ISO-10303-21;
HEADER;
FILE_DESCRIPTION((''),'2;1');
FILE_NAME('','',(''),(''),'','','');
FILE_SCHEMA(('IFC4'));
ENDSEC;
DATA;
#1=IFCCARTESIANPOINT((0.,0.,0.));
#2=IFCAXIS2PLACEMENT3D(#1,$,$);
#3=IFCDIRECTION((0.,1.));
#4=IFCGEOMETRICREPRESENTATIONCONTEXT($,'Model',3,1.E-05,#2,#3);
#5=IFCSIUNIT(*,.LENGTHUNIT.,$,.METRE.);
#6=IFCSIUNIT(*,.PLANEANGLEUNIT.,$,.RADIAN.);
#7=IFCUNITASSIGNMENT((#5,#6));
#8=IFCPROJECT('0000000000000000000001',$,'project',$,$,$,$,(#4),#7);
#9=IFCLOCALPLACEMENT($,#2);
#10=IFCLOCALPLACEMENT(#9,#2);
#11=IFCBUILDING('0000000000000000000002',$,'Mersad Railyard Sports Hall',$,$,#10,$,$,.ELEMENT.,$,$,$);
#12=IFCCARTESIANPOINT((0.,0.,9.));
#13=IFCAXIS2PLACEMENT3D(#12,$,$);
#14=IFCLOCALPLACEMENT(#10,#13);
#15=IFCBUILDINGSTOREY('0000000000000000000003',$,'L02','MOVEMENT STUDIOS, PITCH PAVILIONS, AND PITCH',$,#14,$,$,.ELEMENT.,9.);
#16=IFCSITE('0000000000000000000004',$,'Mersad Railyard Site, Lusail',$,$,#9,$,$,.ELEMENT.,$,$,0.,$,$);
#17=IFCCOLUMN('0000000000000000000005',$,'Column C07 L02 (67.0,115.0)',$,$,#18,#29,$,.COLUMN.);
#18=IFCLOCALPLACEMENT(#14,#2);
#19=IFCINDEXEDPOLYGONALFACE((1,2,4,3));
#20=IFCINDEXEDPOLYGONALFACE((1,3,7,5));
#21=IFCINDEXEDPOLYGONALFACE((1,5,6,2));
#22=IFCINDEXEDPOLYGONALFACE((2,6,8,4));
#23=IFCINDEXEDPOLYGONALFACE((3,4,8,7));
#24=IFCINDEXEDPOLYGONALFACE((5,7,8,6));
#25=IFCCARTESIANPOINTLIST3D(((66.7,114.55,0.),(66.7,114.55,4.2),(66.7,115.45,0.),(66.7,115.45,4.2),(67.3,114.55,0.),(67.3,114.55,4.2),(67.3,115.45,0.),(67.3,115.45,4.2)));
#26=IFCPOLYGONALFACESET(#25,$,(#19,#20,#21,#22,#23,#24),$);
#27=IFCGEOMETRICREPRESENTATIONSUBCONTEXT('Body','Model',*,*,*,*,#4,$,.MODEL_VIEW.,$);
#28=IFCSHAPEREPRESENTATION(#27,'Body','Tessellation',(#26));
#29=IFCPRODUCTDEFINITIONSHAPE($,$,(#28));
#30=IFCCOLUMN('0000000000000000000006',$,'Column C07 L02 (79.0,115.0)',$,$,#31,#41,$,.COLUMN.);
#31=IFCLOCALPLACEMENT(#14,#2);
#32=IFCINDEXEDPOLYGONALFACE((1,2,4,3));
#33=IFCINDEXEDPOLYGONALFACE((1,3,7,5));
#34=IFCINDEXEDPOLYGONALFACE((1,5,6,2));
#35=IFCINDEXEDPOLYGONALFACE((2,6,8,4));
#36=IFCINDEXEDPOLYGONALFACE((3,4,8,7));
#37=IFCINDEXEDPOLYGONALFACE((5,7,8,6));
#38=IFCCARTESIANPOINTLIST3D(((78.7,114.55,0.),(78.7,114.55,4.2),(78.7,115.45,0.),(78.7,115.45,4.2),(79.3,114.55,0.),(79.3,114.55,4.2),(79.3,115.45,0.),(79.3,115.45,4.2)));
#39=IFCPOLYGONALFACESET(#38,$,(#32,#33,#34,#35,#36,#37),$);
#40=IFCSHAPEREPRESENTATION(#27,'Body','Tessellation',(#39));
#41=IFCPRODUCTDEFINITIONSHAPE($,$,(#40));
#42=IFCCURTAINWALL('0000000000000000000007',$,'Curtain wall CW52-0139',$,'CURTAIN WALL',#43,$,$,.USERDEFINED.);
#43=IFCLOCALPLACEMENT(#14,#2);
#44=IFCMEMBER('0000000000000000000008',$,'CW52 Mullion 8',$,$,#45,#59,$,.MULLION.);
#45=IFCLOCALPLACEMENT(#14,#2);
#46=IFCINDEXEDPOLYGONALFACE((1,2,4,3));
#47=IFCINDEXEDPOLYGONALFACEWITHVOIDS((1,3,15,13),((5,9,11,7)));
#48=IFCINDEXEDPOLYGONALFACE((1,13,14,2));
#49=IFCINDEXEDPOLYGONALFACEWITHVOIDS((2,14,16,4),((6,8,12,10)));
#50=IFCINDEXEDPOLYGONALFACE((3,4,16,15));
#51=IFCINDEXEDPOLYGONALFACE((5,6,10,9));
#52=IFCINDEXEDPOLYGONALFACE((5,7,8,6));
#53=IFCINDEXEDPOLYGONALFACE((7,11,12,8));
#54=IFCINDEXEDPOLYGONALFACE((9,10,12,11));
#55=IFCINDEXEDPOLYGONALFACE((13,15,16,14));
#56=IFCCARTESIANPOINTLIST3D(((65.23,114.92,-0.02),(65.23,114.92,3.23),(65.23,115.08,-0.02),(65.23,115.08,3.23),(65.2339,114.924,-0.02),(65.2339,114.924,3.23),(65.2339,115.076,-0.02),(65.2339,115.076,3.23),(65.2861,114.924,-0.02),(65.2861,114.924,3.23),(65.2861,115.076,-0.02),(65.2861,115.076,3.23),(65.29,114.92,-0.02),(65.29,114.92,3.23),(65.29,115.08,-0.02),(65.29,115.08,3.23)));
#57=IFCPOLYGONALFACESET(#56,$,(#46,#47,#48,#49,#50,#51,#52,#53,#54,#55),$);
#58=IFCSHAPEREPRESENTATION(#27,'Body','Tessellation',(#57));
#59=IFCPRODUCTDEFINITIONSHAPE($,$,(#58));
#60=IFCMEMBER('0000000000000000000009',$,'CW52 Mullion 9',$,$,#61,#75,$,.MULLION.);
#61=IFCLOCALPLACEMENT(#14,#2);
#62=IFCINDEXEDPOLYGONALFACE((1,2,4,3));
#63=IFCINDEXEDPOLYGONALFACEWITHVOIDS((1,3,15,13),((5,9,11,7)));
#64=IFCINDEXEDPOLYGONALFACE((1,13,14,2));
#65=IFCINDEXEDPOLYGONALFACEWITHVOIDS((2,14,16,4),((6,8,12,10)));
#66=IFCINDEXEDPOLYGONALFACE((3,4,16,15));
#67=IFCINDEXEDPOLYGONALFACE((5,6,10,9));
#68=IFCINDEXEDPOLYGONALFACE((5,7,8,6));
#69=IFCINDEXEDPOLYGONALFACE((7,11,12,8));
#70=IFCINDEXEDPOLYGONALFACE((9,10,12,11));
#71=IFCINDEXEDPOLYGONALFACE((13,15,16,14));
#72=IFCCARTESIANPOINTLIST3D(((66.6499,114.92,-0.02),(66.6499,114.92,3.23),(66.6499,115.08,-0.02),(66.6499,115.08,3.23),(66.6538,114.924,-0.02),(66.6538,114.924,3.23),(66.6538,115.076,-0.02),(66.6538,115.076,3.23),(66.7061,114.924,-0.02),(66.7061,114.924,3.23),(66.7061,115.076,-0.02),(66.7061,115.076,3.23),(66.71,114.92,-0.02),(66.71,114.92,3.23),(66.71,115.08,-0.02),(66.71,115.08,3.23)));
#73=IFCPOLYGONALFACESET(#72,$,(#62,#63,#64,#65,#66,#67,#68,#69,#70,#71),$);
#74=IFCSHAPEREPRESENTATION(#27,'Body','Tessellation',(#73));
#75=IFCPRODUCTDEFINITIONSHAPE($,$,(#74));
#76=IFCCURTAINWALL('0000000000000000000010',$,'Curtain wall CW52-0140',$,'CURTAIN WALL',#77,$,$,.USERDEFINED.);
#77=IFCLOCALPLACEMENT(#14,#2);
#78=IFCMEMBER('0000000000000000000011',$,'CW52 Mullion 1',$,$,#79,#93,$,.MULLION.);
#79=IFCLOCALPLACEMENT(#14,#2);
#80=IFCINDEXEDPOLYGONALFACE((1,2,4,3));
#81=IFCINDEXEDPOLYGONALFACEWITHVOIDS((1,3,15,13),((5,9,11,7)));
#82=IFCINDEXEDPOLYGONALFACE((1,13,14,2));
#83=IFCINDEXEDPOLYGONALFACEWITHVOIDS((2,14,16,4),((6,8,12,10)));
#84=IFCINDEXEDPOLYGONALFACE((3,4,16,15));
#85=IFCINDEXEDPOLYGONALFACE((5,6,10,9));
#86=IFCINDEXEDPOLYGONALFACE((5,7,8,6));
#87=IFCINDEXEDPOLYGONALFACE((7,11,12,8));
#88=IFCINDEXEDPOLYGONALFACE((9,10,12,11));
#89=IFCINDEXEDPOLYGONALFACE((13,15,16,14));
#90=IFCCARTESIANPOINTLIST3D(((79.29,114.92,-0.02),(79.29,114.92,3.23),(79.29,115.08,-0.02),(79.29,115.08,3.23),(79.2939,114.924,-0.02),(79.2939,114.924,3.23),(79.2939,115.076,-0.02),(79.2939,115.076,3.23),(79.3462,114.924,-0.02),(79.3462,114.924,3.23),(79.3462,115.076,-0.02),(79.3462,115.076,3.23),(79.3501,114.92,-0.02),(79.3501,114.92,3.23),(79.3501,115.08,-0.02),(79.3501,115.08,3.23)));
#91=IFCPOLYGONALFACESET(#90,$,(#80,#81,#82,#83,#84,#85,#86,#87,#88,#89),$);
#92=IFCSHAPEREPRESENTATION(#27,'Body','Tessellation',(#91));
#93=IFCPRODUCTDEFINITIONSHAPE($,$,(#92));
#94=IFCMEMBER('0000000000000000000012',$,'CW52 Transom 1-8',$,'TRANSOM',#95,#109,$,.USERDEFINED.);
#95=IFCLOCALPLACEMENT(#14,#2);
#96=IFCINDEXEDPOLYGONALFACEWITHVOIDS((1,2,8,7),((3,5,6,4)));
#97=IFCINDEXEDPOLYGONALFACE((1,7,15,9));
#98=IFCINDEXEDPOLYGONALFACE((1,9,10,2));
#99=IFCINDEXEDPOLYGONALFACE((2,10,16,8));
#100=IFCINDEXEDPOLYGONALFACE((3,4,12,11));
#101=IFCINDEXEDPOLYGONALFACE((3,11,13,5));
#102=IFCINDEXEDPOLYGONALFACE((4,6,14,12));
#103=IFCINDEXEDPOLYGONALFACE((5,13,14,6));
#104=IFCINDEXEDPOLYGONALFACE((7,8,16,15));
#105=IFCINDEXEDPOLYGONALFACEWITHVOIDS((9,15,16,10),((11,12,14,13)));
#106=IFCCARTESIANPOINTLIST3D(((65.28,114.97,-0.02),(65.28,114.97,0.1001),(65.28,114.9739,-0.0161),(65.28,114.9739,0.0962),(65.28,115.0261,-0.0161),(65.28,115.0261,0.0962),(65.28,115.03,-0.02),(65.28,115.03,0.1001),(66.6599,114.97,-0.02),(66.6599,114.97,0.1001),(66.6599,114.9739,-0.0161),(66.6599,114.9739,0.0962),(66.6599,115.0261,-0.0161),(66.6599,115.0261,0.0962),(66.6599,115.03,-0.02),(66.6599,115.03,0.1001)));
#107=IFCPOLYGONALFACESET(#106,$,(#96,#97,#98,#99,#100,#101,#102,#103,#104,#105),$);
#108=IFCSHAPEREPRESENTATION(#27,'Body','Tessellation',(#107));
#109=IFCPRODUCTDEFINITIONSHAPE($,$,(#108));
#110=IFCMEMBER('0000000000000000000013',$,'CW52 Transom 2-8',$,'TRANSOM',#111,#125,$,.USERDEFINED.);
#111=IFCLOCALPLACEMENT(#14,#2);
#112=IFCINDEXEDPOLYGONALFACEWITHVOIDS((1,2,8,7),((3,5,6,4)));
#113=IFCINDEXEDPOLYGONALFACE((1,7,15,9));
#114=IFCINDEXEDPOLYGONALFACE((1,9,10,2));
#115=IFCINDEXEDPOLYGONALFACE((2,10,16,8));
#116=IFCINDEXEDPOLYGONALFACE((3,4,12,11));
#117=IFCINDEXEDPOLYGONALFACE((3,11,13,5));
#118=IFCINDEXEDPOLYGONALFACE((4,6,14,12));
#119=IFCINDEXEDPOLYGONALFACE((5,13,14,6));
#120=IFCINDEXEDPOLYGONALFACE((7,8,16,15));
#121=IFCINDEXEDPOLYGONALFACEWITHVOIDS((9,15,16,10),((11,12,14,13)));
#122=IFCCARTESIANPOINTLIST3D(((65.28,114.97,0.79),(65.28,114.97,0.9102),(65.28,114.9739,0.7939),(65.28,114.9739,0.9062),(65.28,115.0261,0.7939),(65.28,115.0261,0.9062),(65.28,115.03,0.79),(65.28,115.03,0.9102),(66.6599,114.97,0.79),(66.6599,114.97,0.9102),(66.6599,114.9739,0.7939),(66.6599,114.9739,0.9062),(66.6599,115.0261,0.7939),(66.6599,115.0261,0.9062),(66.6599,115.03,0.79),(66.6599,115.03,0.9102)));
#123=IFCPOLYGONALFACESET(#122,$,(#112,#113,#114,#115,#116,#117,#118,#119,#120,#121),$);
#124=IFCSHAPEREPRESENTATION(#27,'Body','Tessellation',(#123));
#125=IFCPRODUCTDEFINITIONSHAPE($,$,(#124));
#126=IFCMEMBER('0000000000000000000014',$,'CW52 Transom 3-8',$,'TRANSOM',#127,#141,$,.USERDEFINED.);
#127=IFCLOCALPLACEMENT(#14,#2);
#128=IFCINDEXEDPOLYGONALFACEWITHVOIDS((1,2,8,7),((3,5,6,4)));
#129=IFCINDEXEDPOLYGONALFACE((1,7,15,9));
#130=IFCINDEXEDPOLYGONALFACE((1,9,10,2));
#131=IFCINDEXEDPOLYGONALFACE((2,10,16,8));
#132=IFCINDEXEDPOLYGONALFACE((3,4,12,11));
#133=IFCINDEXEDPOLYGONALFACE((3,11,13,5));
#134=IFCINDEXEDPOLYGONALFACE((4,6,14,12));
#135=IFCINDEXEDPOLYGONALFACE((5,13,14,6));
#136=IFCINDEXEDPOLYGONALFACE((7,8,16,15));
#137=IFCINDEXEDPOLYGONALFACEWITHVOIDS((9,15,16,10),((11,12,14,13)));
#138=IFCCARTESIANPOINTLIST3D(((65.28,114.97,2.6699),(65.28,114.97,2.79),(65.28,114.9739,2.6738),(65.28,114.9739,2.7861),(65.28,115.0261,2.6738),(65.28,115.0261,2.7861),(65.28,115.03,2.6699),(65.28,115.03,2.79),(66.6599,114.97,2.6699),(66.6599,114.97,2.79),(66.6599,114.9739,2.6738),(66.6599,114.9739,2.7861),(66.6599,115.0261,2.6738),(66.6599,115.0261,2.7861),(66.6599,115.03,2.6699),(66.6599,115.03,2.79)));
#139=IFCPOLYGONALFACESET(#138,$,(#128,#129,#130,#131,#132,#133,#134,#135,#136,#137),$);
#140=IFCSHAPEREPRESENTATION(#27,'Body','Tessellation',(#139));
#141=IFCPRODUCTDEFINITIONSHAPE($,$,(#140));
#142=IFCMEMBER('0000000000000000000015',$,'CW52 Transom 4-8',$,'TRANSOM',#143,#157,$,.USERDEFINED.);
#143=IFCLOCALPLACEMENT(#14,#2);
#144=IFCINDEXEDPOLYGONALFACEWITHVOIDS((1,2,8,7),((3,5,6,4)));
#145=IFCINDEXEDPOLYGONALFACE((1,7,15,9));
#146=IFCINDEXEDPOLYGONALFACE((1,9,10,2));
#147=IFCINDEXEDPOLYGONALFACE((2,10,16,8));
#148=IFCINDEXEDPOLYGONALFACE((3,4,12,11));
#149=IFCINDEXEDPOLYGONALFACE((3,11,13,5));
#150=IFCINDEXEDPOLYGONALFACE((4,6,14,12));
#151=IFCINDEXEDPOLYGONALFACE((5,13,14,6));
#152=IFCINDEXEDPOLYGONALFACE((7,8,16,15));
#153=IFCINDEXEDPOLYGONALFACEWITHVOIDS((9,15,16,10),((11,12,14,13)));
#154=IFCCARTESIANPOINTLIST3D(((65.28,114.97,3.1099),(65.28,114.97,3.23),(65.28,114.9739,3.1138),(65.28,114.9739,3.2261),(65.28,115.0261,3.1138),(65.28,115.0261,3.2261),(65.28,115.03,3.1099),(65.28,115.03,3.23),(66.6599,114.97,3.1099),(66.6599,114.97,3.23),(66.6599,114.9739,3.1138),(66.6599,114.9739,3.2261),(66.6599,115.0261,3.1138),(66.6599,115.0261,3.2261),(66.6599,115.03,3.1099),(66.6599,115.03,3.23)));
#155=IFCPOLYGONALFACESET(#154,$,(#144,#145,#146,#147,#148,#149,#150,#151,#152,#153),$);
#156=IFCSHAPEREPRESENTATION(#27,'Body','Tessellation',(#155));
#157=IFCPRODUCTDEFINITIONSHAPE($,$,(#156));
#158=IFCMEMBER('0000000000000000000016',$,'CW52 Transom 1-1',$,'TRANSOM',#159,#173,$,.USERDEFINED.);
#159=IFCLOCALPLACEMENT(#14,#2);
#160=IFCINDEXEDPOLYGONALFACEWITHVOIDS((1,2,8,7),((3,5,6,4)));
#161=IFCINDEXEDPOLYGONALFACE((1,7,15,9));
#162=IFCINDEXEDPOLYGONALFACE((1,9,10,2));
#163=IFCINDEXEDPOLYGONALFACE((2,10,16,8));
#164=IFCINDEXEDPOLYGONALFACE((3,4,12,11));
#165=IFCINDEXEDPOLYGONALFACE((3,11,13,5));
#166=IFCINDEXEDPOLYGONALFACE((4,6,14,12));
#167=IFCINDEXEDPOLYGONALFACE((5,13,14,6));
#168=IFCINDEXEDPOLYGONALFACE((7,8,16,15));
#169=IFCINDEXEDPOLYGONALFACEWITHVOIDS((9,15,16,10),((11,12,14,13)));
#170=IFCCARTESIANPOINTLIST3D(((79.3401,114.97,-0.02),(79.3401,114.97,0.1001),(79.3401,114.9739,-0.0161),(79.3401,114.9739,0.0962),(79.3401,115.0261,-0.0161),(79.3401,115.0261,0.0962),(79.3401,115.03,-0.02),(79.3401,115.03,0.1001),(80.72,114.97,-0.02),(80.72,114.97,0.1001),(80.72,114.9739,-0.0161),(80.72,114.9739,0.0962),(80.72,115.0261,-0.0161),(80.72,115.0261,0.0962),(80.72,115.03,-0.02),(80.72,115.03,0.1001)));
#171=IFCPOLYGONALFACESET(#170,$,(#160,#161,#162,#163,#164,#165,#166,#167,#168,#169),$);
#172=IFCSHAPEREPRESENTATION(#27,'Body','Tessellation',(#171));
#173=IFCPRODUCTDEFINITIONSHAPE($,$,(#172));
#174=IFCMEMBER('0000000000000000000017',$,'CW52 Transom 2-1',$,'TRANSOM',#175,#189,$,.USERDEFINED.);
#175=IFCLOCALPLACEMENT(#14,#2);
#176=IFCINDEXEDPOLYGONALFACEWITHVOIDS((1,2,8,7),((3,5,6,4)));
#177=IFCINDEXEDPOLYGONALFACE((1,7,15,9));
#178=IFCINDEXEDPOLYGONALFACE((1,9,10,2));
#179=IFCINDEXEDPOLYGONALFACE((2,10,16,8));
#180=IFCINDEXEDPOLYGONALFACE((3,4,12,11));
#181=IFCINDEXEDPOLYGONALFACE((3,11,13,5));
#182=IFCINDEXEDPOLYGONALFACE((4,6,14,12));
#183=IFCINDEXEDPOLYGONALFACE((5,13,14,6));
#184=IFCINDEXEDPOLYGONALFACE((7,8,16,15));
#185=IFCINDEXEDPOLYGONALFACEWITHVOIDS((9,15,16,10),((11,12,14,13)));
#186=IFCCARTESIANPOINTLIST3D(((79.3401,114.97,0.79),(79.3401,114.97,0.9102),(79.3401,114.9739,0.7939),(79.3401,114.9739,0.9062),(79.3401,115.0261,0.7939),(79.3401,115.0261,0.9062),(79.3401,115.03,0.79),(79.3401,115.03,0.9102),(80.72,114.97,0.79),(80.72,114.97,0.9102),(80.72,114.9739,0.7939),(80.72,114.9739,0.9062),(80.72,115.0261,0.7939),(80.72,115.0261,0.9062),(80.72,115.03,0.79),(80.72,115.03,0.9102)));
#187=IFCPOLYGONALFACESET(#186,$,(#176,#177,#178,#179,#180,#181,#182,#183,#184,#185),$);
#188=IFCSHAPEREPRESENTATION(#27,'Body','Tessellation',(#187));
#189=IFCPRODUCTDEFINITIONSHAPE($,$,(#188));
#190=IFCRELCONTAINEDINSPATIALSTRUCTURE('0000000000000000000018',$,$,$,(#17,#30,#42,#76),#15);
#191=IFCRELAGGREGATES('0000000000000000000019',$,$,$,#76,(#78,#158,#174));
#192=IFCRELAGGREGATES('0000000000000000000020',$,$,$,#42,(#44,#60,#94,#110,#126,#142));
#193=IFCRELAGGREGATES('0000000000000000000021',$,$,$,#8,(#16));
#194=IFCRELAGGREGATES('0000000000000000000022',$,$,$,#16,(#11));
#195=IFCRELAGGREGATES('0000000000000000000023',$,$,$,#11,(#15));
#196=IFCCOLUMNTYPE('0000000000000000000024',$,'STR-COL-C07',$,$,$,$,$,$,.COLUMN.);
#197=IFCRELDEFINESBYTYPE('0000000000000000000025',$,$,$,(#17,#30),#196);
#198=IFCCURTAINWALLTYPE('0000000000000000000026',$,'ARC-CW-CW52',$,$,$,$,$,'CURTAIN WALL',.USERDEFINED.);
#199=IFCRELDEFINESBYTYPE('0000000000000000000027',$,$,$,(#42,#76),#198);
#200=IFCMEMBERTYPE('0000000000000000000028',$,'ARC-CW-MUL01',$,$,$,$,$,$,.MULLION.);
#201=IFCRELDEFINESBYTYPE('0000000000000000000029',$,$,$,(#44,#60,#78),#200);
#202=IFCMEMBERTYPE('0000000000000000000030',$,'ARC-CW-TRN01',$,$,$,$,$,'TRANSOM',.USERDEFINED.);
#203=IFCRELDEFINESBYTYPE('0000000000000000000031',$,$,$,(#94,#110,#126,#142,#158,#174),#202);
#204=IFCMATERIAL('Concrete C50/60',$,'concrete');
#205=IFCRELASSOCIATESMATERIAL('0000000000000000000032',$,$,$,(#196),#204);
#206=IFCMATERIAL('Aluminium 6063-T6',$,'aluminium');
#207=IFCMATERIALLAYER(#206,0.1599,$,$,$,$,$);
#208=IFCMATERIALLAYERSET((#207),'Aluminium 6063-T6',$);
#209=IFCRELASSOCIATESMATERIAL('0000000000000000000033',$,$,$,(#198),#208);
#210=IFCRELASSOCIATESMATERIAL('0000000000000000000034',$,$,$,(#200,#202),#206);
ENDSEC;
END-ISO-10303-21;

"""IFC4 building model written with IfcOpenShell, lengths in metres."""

from ifc_helpers import new_model, si_unit, direction, frame, origin, origin_2d, place, context, subcontext, project, spatial, rectangle, hollow_rectangle, extrude, material, layer, layer_set, material_profile, profile_set, type_object, element, aggregate, save


model = new_model("IFC4")

# Units and contexts
model_context = context("Model", 3, precision=1e-05, world=origin(), true_north=direction((0.0, 1.0)))
body_context = subcontext(model_context, "Body", "Model", "MODEL_VIEW")
ifc_project = project(units=[si_unit("LENGTHUNIT", "METRE"), si_unit("PLANEANGLEUNIT", "RADIAN")], contexts=[model_context])

# Site, building, storey
site_placement = place(None, origin())
site = spatial("IfcSite", under=ifc_project, at=site_placement, Name="Mersad Railyard Site, Lusail", CompositionType="ELEMENT", RefElevation=0.0)
building_placement = place(site_placement, origin())
building = spatial("IfcBuilding", under=site, at=building_placement, Name="Mersad Railyard Sports Hall", CompositionType="ELEMENT")
storey_placement = place(building_placement, frame((0.0, 0.0, 9.0)))
storey = spatial("IfcBuildingStorey", under=building, at=storey_placement, Name="L02", Description="MOVEMENT STUDIOS, PITCH PAVILIONS, AND PITCH", CompositionType="ELEMENT", Elevation=9.0)

# Columns
ifc_material_1 = material(Name="Concrete C50/60", Category="concrete")
ifc_material_profile_1 = material_profile(ifc_material_1, rectangle(XDim=0.6001, YDim=0.8999, at=origin_2d()), Name="RC 600x900")
ifc_profile_set_1 = profile_set([ifc_material_profile_1], Name="Concrete C50/60")
column_type = type_object("IfcColumnType", Name="STR-COL-C07", PredefinedType="COLUMN", material=ifc_profile_set_1)
for number, where, z_axis, x_axis, name in (
    (1, (67.0, 115.0, 0.0), (0.0, 0.0, 1.0), (1.0, 0.0, 0.0), "Column C07 L02 (67.0,115.0)"),
    (2, (79.0, 115.0, 0.0), (0.0, 0.0, 1.0), (1.0, 0.0, 0.0), "Column C07 L02 (79.0,115.0)"),
):
    element("IfcColumn", number, at=place(storey_placement, frame(where, z_axis=z_axis, x_axis=x_axis)), inside=storey, type_object=column_type, Name=name, PredefinedType="COLUMN", context=body_context, shape_type="SweptSolid", body=[
        extrude(rectangle(XDim=0.6001, YDim=0.8999, at=origin_2d()), origin(), (0.0, 0.0, 1.0), 4.2),
    ])

# Curtain wall, members
ifc_material_2 = material(Name="Aluminium 6063-T6", Category="aluminium")
ifc_layer_1 = layer(ifc_material_2, 0.1599)
ifc_layer_set_1 = layer_set([ifc_layer_1], Name="Aluminium 6063-T6")
curtain_wall_type = type_object("IfcCurtainWallType", Name="ARC-CW-CW52", ElementType="CURTAIN WALL", PredefinedType="USERDEFINED", material=ifc_layer_set_1)
curtain_wall_1_placement = place(storey_placement, origin())
curtain_wall_1 = element("IfcCurtainWall", 3, at=curtain_wall_1_placement, inside=storey, type_object=curtain_wall_type, Name="Curtain wall CW52-0139", ObjectType="CURTAIN WALL", PredefinedType="USERDEFINED")
ifc_material_profile_2 = material_profile(ifc_material_2, hollow_rectangle(XDim=0.0601, YDim=0.1599, WallThickness=0.0039, at=origin_2d()), Name="AL MULLION 60x160x4")
ifc_profile_set_2 = profile_set([ifc_material_profile_2], Name="Aluminium 6063-T6")
member_type_1 = type_object("IfcMemberType", Name="ARC-CW-MUL01", PredefinedType="MULLION", material=ifc_profile_set_2)
member_1_placement = place(storey_placement, frame((65.26, 115.0, -0.02), z_axis=(0.0, 0.0, 1.0), x_axis=(1.0, 0.0, 0.0)))
member_1 = element("IfcMember", 4, at=member_1_placement, type_object=member_type_1, Name="CW52 Mullion 8", PredefinedType="MULLION", context=body_context, shape_type="SweptSolid", body=[
    extrude(hollow_rectangle(XDim=0.0601, YDim=0.1599, WallThickness=0.0039, at=origin_2d()), origin(), (0.0, 0.0, 1.0), 3.25),
])
member_2_placement = place(storey_placement, frame((66.6799, 115.0, -0.02), z_axis=(0.0, 0.0, 1.0), x_axis=(1.0, 0.0, 0.0)))
member_2 = element("IfcMember", 5, at=member_2_placement, type_object=member_type_1, Name="CW52 Mullion 9", PredefinedType="MULLION", context=body_context, shape_type="SweptSolid", body=[
    extrude(hollow_rectangle(XDim=0.0601, YDim=0.1599, WallThickness=0.0039, at=origin_2d()), origin(), (0.0, 0.0, 1.0), 3.25),
])

# Curtain wall, member
curtain_wall_2_placement = place(storey_placement, origin())
curtain_wall_2 = element("IfcCurtainWall", 6, at=curtain_wall_2_placement, inside=storey, type_object=curtain_wall_type, Name="Curtain wall CW52-0140", ObjectType="CURTAIN WALL", PredefinedType="USERDEFINED")
member_3_placement = place(storey_placement, frame((79.3201, 115.0, -0.02), z_axis=(0.0, 0.0, 1.0), x_axis=(1.0, 0.0, 0.0)))
member_3 = element("IfcMember", 7, at=member_3_placement, type_object=member_type_1, Name="CW52 Mullion 1", PredefinedType="MULLION", context=body_context, shape_type="SweptSolid", body=[
    extrude(hollow_rectangle(XDim=0.0601, YDim=0.1599, WallThickness=0.0039, at=origin_2d()), origin(), (0.0, 0.0, 1.0), 3.25),
])

# Members
ifc_material_profile_3 = material_profile(ifc_material_2, hollow_rectangle(XDim=0.0601, YDim=0.1201, WallThickness=0.0039, at=origin_2d()), Name="AL TRANSOM 60x120x4")
ifc_profile_set_3 = profile_set([ifc_material_profile_3], Name="Aluminium 6063-T6")
member_type_2 = type_object("IfcMemberType", Name="ARC-CW-TRN01", ElementType="TRANSOM", PredefinedType="USERDEFINED", material=ifc_profile_set_3)
member_4_placement = place(storey_placement, frame((65.28, 115.0, 0.04), z_axis=(1.0, 0.0, 0.0), x_axis=(0.0, 1.0, 0.0)))
member_4 = element("IfcMember", 8, at=member_4_placement, type_object=member_type_2, Name="CW52 Transom 1-8", ObjectType="TRANSOM", PredefinedType="USERDEFINED", context=body_context, shape_type="SweptSolid", body=[
    extrude(hollow_rectangle(XDim=0.0601, YDim=0.1201, WallThickness=0.0039, at=origin_2d()), origin(), (0.0, 0.0, 1.0), 1.3799),
])
member_5_placement = place(storey_placement, frame((65.28, 115.0, 0.8501), z_axis=(1.0, 0.0, 0.0), x_axis=(0.0, 1.0, 0.0)))
member_5 = element("IfcMember", 9, at=member_5_placement, type_object=member_type_2, Name="CW52 Transom 2-8", ObjectType="TRANSOM", PredefinedType="USERDEFINED", context=body_context, shape_type="SweptSolid", body=[
    extrude(hollow_rectangle(XDim=0.0601, YDim=0.1201, WallThickness=0.0039, at=origin_2d()), origin(), (0.0, 0.0, 1.0), 1.3799),
])
member_6_placement = place(storey_placement, frame((65.28, 115.0, 2.73), z_axis=(1.0, 0.0, 0.0), x_axis=(0.0, 1.0, 0.0)))
member_6 = element("IfcMember", 10, at=member_6_placement, type_object=member_type_2, Name="CW52 Transom 3-8", ObjectType="TRANSOM", PredefinedType="USERDEFINED", context=body_context, shape_type="SweptSolid", body=[
    extrude(hollow_rectangle(XDim=0.0601, YDim=0.1201, WallThickness=0.0039, at=origin_2d()), origin(), (0.0, 0.0, 1.0), 1.3799),
])
member_7_placement = place(storey_placement, frame((65.28, 115.0, 3.1699), z_axis=(1.0, 0.0, 0.0), x_axis=(0.0, 1.0, 0.0)))
member_7 = element("IfcMember", 11, at=member_7_placement, type_object=member_type_2, Name="CW52 Transom 4-8", ObjectType="TRANSOM", PredefinedType="USERDEFINED", context=body_context, shape_type="SweptSolid", body=[
    extrude(hollow_rectangle(XDim=0.0601, YDim=0.1201, WallThickness=0.0039, at=origin_2d()), origin(), (0.0, 0.0, 1.0), 1.3799),
])
member_8_placement = place(storey_placement, frame((79.3401, 115.0, 0.04), z_axis=(1.0, 0.0, 0.0), x_axis=(0.0, 1.0, 0.0)))
member_8 = element("IfcMember", 12, at=member_8_placement, type_object=member_type_2, Name="CW52 Transom 1-1", ObjectType="TRANSOM", PredefinedType="USERDEFINED", context=body_context, shape_type="SweptSolid", body=[
    extrude(hollow_rectangle(XDim=0.0601, YDim=0.1201, WallThickness=0.0039, at=origin_2d()), origin(), (0.0, 0.0, 1.0), 1.3799),
])
member_9_placement = place(storey_placement, frame((79.3401, 115.0, 0.8501), z_axis=(1.0, 0.0, 0.0), x_axis=(0.0, 1.0, 0.0)))
member_9 = element("IfcMember", 13, at=member_9_placement, type_object=member_type_2, Name="CW52 Transom 2-1", ObjectType="TRANSOM", PredefinedType="USERDEFINED", context=body_context, shape_type="SweptSolid", body=[
    extrude(hollow_rectangle(XDim=0.0601, YDim=0.1201, WallThickness=0.0039, at=origin_2d()), origin(), (0.0, 0.0, 1.0), 1.3799),
])
aggregate(curtain_wall_2, [member_3, member_8, member_9])

aggregate(curtain_wall_1, [member_1, member_2, member_4, member_5, member_6, member_7])

save(model, "model.ifc")
